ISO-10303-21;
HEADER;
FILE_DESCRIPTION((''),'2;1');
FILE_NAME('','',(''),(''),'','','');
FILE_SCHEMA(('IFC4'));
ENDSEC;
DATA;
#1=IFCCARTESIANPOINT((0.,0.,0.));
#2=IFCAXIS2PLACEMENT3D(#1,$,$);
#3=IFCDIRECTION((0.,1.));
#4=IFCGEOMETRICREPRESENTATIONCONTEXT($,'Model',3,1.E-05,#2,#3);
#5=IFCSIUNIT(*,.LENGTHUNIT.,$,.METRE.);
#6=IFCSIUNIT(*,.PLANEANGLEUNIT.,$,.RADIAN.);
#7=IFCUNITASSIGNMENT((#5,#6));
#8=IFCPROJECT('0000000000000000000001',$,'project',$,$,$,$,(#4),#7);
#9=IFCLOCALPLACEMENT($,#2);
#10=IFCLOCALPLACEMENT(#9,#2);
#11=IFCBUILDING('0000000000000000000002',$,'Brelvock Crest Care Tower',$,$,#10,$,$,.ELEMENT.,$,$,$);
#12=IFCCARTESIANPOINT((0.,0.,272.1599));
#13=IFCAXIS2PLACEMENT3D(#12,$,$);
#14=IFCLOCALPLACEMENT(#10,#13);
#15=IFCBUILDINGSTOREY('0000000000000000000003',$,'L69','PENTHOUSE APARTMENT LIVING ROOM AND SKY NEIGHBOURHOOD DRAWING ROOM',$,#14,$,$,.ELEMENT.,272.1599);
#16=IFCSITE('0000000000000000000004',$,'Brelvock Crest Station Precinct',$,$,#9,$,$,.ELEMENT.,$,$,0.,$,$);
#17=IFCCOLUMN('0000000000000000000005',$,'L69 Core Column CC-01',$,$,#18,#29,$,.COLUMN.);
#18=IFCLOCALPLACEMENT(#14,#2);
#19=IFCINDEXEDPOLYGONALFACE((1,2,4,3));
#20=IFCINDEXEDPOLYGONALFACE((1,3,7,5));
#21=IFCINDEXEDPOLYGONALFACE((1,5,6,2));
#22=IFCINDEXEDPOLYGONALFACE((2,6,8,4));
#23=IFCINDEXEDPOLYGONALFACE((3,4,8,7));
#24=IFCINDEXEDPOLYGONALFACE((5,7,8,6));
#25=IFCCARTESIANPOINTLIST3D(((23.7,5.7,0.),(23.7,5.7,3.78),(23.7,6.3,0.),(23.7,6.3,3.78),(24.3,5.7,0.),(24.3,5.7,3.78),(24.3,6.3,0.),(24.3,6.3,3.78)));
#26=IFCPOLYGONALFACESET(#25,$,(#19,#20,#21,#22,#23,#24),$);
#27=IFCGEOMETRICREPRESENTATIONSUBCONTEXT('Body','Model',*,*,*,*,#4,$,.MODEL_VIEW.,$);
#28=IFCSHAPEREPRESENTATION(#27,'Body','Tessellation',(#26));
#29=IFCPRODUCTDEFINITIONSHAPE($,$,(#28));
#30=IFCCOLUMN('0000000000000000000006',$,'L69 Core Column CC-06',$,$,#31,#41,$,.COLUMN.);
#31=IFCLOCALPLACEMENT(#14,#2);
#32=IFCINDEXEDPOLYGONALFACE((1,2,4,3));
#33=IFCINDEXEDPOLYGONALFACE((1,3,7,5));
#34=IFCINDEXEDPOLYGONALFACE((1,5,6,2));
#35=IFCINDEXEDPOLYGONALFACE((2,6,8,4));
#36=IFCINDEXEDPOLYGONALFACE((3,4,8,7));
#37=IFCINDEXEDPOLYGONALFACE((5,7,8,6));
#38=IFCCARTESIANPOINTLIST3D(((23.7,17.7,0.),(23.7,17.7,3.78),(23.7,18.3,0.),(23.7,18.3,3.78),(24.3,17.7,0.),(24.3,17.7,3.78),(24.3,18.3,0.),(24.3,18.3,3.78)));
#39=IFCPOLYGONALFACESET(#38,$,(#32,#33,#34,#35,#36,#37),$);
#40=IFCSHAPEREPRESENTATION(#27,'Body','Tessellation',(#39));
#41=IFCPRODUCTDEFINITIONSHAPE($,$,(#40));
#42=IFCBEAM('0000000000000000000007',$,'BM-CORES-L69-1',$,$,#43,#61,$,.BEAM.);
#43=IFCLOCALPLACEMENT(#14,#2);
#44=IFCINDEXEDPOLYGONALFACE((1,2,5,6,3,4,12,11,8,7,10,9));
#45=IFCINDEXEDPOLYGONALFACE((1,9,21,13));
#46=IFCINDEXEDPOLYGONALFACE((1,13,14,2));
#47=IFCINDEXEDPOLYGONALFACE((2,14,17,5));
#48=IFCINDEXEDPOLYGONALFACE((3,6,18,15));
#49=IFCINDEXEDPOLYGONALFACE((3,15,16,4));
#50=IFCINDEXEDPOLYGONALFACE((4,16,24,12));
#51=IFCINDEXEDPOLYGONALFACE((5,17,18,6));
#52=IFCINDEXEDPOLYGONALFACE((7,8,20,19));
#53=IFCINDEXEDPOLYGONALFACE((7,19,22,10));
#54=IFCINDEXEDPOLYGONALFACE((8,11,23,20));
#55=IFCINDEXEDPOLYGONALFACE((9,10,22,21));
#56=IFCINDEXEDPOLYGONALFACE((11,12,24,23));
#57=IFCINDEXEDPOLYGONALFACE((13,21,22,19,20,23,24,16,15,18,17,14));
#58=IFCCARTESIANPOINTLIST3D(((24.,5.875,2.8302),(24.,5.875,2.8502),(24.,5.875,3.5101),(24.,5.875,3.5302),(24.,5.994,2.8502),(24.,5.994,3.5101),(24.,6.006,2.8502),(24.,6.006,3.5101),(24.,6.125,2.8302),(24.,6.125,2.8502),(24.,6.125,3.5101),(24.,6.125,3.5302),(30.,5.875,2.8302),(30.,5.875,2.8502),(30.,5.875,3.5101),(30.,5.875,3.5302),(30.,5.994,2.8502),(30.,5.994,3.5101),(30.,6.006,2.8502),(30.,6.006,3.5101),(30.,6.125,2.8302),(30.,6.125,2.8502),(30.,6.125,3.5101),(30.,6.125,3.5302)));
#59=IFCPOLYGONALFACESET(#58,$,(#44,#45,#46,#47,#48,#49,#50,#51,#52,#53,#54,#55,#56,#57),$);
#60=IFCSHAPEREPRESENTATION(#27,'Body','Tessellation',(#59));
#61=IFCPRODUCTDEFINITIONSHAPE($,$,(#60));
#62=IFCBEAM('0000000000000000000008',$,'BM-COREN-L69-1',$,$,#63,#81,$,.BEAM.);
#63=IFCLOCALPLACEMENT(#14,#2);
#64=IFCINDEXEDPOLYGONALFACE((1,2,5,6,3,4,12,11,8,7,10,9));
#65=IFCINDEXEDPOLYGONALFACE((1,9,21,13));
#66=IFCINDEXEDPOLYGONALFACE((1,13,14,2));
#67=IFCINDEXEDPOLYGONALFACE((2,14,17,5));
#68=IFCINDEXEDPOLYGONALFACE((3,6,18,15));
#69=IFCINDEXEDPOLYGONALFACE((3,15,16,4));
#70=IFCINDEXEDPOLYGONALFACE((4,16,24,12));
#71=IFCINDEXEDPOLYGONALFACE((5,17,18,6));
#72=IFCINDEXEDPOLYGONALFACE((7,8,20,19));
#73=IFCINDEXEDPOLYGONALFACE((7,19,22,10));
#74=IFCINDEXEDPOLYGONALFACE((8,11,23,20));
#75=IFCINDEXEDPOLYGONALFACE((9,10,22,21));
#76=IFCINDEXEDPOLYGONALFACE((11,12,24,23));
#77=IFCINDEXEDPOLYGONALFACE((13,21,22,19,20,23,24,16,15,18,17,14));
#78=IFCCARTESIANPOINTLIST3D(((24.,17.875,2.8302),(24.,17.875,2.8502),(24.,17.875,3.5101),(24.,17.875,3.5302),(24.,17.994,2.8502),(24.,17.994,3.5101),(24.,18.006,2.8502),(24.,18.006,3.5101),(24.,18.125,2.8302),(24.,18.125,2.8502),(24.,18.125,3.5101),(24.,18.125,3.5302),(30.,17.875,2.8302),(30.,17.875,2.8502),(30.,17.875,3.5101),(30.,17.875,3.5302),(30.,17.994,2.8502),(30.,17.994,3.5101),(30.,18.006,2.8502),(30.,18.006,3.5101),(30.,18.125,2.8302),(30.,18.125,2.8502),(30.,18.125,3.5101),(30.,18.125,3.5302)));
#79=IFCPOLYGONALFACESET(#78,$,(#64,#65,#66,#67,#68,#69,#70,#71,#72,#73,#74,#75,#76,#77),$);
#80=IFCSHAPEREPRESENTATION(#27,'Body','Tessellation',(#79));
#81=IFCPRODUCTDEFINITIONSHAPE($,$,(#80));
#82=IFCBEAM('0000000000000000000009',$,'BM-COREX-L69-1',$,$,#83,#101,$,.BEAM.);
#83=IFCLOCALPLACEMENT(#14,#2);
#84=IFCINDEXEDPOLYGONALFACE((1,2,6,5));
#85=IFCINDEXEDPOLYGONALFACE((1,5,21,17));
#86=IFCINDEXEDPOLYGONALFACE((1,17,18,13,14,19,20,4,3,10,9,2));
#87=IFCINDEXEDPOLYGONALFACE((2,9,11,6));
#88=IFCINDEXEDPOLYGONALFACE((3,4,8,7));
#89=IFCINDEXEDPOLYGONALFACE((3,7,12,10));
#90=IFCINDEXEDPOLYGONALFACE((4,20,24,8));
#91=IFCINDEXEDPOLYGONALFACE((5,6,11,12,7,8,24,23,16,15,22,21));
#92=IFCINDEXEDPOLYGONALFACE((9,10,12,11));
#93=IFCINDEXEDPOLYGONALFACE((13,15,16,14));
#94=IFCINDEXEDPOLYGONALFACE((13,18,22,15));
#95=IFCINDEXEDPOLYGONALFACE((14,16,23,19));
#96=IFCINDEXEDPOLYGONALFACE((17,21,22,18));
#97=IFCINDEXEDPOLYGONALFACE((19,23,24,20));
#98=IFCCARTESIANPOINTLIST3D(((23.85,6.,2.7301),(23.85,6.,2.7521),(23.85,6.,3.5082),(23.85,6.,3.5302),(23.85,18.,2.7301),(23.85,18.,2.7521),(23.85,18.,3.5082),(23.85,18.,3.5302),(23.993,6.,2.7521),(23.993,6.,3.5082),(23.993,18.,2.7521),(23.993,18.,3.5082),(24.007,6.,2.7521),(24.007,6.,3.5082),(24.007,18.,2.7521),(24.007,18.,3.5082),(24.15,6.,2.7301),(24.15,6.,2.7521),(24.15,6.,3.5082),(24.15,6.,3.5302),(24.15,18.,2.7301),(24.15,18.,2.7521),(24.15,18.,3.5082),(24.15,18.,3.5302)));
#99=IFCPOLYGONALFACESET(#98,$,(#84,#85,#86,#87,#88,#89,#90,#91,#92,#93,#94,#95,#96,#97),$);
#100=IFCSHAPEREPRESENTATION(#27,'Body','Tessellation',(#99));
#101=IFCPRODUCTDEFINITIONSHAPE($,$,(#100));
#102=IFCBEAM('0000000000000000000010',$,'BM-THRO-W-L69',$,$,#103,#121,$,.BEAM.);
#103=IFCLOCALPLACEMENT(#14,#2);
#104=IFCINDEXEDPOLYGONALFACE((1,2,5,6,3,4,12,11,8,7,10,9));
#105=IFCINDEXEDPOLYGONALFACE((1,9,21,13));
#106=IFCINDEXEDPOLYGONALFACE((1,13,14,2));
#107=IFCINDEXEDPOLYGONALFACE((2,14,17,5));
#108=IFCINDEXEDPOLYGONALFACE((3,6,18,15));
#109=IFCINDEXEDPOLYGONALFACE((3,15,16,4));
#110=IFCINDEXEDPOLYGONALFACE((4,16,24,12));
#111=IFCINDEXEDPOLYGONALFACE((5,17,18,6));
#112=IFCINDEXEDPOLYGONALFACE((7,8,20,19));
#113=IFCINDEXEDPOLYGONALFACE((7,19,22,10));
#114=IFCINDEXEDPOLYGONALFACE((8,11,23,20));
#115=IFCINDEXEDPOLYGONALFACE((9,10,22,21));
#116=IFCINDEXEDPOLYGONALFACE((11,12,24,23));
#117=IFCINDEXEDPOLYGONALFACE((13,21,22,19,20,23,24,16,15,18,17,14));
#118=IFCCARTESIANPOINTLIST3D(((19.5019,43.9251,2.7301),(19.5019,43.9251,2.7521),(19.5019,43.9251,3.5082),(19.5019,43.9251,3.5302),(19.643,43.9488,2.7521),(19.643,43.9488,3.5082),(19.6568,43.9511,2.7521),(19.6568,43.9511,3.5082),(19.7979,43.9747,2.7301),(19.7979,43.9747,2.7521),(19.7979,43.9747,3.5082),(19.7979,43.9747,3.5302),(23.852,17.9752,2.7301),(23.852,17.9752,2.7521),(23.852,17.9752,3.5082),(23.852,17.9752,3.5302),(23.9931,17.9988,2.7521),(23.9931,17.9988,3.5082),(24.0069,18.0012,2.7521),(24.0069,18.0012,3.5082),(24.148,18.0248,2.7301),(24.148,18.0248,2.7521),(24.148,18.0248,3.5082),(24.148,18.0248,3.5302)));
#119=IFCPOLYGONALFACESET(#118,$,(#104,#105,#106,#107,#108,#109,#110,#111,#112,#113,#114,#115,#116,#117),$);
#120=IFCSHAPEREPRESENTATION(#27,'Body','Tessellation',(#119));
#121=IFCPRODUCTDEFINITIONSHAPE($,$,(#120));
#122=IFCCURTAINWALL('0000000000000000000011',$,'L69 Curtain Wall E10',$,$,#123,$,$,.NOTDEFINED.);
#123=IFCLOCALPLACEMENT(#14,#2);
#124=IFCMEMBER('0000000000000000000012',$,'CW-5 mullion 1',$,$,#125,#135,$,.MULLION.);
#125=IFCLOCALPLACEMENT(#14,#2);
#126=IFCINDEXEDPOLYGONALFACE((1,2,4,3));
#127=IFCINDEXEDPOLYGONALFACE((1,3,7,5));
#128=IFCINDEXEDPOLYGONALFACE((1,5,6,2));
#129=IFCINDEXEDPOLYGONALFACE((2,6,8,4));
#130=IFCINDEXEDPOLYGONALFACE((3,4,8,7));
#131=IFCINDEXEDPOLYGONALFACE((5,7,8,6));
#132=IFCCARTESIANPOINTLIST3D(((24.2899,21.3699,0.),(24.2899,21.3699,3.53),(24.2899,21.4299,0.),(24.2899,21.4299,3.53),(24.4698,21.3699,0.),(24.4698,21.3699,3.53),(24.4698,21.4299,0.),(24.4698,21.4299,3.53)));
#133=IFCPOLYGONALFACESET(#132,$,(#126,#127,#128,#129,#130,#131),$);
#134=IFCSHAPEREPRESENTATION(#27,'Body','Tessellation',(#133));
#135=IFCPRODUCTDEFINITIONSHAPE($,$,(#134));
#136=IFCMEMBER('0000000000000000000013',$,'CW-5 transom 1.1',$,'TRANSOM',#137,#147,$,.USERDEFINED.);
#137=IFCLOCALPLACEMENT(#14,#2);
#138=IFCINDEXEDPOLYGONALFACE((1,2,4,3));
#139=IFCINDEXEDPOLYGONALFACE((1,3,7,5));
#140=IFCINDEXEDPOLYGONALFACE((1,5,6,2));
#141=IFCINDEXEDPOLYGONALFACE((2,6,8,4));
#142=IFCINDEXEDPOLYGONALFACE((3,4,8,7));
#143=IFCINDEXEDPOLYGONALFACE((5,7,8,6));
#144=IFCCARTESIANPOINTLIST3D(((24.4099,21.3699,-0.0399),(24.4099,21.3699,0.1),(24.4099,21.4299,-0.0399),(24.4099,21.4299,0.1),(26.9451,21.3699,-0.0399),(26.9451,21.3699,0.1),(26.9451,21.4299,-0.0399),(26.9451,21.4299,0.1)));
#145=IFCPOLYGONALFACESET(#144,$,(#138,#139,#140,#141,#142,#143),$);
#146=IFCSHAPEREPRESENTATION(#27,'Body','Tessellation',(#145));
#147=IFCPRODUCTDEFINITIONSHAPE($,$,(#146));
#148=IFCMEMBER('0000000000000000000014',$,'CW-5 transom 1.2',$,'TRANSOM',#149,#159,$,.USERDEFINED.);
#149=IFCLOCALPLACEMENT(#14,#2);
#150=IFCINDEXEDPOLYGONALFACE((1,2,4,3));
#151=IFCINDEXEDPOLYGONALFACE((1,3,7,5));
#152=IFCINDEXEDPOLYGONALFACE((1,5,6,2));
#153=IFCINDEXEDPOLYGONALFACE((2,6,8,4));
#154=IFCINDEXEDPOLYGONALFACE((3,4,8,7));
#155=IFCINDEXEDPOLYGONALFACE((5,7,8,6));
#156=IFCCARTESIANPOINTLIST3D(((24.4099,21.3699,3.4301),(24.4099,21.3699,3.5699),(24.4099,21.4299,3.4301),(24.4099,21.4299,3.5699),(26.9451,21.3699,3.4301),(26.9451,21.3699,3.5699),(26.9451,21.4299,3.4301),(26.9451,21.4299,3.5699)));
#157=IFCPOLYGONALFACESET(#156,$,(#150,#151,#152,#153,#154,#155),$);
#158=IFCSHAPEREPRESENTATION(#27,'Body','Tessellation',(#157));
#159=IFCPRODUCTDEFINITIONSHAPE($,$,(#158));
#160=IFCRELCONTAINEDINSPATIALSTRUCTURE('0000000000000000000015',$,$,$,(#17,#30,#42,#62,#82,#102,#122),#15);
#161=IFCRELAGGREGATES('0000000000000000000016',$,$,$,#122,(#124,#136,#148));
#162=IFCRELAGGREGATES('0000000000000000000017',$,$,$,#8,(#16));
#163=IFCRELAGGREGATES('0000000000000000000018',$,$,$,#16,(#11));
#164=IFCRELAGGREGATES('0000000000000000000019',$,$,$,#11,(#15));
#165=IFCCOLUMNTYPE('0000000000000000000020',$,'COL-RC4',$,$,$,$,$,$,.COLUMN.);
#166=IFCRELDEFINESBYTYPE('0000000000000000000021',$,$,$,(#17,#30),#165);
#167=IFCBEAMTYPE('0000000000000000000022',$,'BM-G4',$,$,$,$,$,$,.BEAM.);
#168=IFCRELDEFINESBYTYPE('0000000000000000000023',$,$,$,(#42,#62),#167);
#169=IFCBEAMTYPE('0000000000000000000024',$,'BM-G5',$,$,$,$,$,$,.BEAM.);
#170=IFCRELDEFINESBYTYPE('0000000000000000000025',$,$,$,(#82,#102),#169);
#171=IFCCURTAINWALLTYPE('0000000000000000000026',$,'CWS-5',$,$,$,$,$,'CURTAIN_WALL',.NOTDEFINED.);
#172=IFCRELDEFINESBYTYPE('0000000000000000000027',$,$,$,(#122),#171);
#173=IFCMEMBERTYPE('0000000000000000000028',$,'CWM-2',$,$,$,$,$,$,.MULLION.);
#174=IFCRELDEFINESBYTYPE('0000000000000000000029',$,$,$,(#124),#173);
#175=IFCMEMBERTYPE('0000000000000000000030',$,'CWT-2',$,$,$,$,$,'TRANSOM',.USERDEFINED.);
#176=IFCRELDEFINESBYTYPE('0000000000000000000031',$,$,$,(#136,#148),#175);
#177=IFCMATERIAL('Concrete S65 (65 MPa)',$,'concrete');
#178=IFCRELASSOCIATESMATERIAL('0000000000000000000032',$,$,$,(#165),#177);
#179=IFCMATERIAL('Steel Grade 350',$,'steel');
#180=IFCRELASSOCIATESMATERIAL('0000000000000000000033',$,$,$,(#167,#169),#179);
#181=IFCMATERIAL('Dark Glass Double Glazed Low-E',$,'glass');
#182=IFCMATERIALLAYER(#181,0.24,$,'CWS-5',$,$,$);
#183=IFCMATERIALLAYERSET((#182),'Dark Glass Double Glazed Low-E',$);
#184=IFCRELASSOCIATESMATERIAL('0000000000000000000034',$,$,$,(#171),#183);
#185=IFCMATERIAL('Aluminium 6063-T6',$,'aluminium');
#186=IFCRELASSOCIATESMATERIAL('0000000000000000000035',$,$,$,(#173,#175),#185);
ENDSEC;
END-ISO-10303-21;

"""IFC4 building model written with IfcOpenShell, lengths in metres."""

from ifc_helpers import new_model, si_unit, direction, frame, origin, origin_2d, place, context, subcontext, project, spatial, rectangle, i_section, extrude, source, transform, mapped, material, layer, layer_set, material_profile, profile_set, type_object, element, aggregate, save


model = new_model("IFC4")

# Units and contexts
model_context = context("Model", 3, precision=1e-05, world=origin(), true_north=direction((0.0, 1.0)))
body_context = subcontext(model_context, "Body", "Model", "MODEL_VIEW")
ifc_project = project(units=[si_unit("LENGTHUNIT", "METRE"), si_unit("PLANEANGLEUNIT", "RADIAN")], contexts=[model_context])

# Site, building, storey
site_placement = place(None, origin())
site = spatial("IfcSite", under=ifc_project, at=site_placement, Name="Brelvock Crest Station Precinct", CompositionType="ELEMENT", RefElevation=0.0)
building_placement = place(site_placement, origin())
building = spatial("IfcBuilding", under=site, at=building_placement, Name="Brelvock Crest Care Tower", CompositionType="ELEMENT")
storey_placement = place(building_placement, frame((0.0, 0.0, 272.1599)))
storey = spatial("IfcBuildingStorey", under=building, at=storey_placement, Name="L69", Description="PENTHOUSE APARTMENT LIVING ROOM AND SKY NEIGHBOURHOOD DRAWING ROOM", CompositionType="ELEMENT", Elevation=272.1599)

# Columns
ifc_material_1 = material(Name="Concrete S65 (65 MPa)", Category="concrete")
ifc_material_profile_1 = material_profile(ifc_material_1, rectangle(XDim=0.6001, YDim=0.6001, at=origin_2d()), Name="RC600x600")
ifc_profile_set_1 = profile_set([ifc_material_profile_1], Name="Concrete S65 (65 MPa)")
column_type = type_object("IfcColumnType", Name="COL-RC4", PredefinedType="COLUMN", material=ifc_profile_set_1)
shared_shape_1 = source(origin(), body_context, "Body", "SweptSolid", [
    extrude(rectangle(XDim=0.6001, YDim=0.6001, at=origin_2d()), origin(), (0.0, 0.0, 1.0), 3.78),
])
for number, where, z_axis, x_axis, name in (
    (1, (24.0, 6.0, 0.0), (0.0, 0.0, 1.0), (1.0, 0.0, 0.0), "L69 Core Column CC-01"),
    (2, (24.0, 18.0, 0.0), (0.0, 0.0, 1.0), (1.0, 0.0, 0.0), "L69 Core Column CC-06"),
):
    element("IfcColumn", number, at=place(storey_placement, frame(where, z_axis=z_axis, x_axis=x_axis)), inside=storey, type_object=column_type, Name=name, PredefinedType="COLUMN", context=body_context, shape_type="MappedRepresentation", body=[
        mapped(shared_shape_1, transform((0.0, 0.0, 0.0), x_axis=(1.0, 0.0, 0.0), y_axis=(0.0, 1.0, 0.0), z_axis=(0.0, 0.0, 1.0), scale=1.0)),
    ])

# Beams
ifc_material_2 = material(Name="Steel Grade 350", Category="steel")
ifc_material_profile_2 = material_profile(ifc_material_2, i_section(OverallWidth=0.25, OverallDepth=0.7, WebThickness=0.012, FlangeThickness=0.02, at=origin_2d()), Name="700WB150")
ifc_profile_set_2 = profile_set([ifc_material_profile_2], Name="Steel Grade 350")
beam_type_1 = type_object("IfcBeamType", Name="BM-G4", PredefinedType="BEAM", material=ifc_profile_set_2)
shared_shape_2 = source(origin(), body_context, "Body", "SweptSolid", [
    extrude(i_section(OverallWidth=0.25, OverallDepth=0.7, WebThickness=0.012, FlangeThickness=0.02, at=origin_2d()), origin(), (0.0, 0.0, 1.0), 6.0),
])
for number, where, z_axis, x_axis, name in (
    (3, (24.0, 6.0, 3.1802), (1.0, 0.0, 0.0), (0.0, 1.0, 0.0), "BM-CORES-L69-1"),
    (4, (24.0, 18.0, 3.1802), (1.0, 0.0, 0.0), (0.0, 1.0, 0.0), "BM-COREN-L69-1"),
):
    element("IfcBeam", number, at=place(storey_placement, frame(where, z_axis=z_axis, x_axis=x_axis)), inside=storey, type_object=beam_type_1, Name=name, PredefinedType="BEAM", context=body_context, shape_type="MappedRepresentation", body=[
        mapped(shared_shape_2, transform((0.0, 0.0, 0.0), x_axis=(1.0, 0.0, 0.0), y_axis=(0.0, 1.0, 0.0), z_axis=(0.0, 0.0, 1.0), scale=1.0)),
    ])
ifc_material_profile_3 = material_profile(ifc_material_2, i_section(OverallWidth=0.3, OverallDepth=0.8, WebThickness=0.0139, FlangeThickness=0.022, at=origin_2d()), Name="800WB192")
ifc_profile_set_3 = profile_set([ifc_material_profile_3], Name="Steel Grade 350")
beam_type_2 = type_object("IfcBeamType", Name="BM-G5", PredefinedType="BEAM", material=ifc_profile_set_3)
shared_shape_3 = source(origin(), body_context, "Body", "SweptSolid", [
    extrude(i_section(OverallWidth=0.3, OverallDepth=0.8, WebThickness=0.0139, FlangeThickness=0.022, at=origin_2d()), origin(), (0.0, 0.0, 1.0), 12.0),
])
beam_1_placement = place(storey_placement, frame((24.0, 6.0, 3.1301), z_axis=(0.0, 1.0, 0.0), x_axis=(-1.0, 0.0, 0.0)))
element("IfcBeam", 5, at=beam_1_placement, inside=storey, type_object=beam_type_2, Name="BM-COREX-L69-1", PredefinedType="BEAM", context=body_context, shape_type="MappedRepresentation", body=[
    mapped(shared_shape_3, transform((0.0, 0.0, 0.0), x_axis=(1.0, 0.0, 0.0), y_axis=(0.0, 1.0, 0.0), z_axis=(0.0, 0.0, 1.0), scale=1.0)),
])
shared_shape_4 = source(origin(), body_context, "Body", "SweptSolid", [
    extrude(i_section(OverallWidth=0.3, OverallDepth=0.8, WebThickness=0.0139, FlangeThickness=0.022, at=origin_2d()), origin(), (0.0, 0.0, 1.0), 26.312),
])
beam_2_placement = place(storey_placement, frame((24.0, 18.0, 3.1301), z_axis=(-0.165327, 0.986239, 0.0), x_axis=(-0.986239, -0.165327, 0.0)))
element("IfcBeam", 6, at=beam_2_placement, inside=storey, type_object=beam_type_2, Name="BM-THRO-W-L69", PredefinedType="BEAM", context=body_context, shape_type="MappedRepresentation", body=[
    mapped(shared_shape_4, transform((0.0, 0.0, 0.0), x_axis=(1.0, 0.0, 0.0), y_axis=(0.0, 1.0, 0.0), z_axis=(0.0, 0.0, 1.0), scale=1.0)),
])

# Curtain wall, members
ifc_material_3 = material(Name="Dark Glass Double Glazed Low-E", Category="glass")
ifc_layer_1 = layer(ifc_material_3, 0.24, Name="CWS-5")
ifc_layer_set_1 = layer_set([ifc_layer_1], Name="Dark Glass Double Glazed Low-E")
curtain_wall_type = type_object("IfcCurtainWallType", Name="CWS-5", ElementType="CURTAIN_WALL", PredefinedType="NOTDEFINED", material=ifc_layer_set_1)
curtain_wall_placement = place(storey_placement, origin())
curtain_wall = element("IfcCurtainWall", 7, at=curtain_wall_placement, inside=storey, type_object=curtain_wall_type, Name="L69 Curtain Wall E10", PredefinedType="NOTDEFINED")
ifc_material_4 = material(Name="Aluminium 6063-T6", Category="aluminium")
ifc_material_profile_4 = material_profile(ifc_material_4, rectangle(XDim=0.0601, YDim=0.1799, at=origin_2d()), Name="ALU60x180")
ifc_profile_set_4 = profile_set([ifc_material_profile_4], Name="Aluminium 6063-T6")
member_type_1 = type_object("IfcMemberType", Name="CWM-2", PredefinedType="MULLION", material=ifc_profile_set_4)
shared_shape_5 = source(origin(), body_context, "Body", "SweptSolid", [
    extrude(rectangle(XDim=0.0601, YDim=0.1799, at=origin_2d()), origin(), (0.0, 0.0, 1.0), 3.53),
])
member_1_placement = place(storey_placement, frame((24.3799, 21.3999, 0.0), z_axis=(0.0, 0.0, 1.0), x_axis=(0.0, 1.0, 0.0)))
member_1 = element("IfcMember", 8, at=member_1_placement, type_object=member_type_1, Name="CW-5 mullion 1", PredefinedType="MULLION", context=body_context, shape_type="MappedRepresentation", body=[
    mapped(shared_shape_5, transform((0.0, 0.0, 0.0), x_axis=(1.0, 0.0, 0.0), y_axis=(0.0, 1.0, 0.0), z_axis=(0.0, 0.0, 1.0), scale=1.0)),
])
ifc_material_profile_5 = material_profile(ifc_material_4, rectangle(XDim=0.0601, YDim=0.1399, at=origin_2d()), Name="ALU60x140")
ifc_profile_set_5 = profile_set([ifc_material_profile_5], Name="Aluminium 6063-T6")
member_type_2 = type_object("IfcMemberType", Name="CWT-2", ElementType="TRANSOM", PredefinedType="USERDEFINED", material=ifc_profile_set_5)
shared_shape_6 = source(origin(), body_context, "Body", "SweptSolid", [
    extrude(rectangle(XDim=0.0601, YDim=0.1399, at=origin_2d()), origin(), (0.0, 0.0, 1.0), 2.5352),
])
member_2_placement = place(storey_placement, frame((24.4099, 21.3999, 0.03), z_axis=(1.0, 0.0, 0.0), x_axis=(0.0, 1.0, 0.0)))
member_2 = element("IfcMember", 9, at=member_2_placement, type_object=member_type_2, Name="CW-5 transom 1.1", ObjectType="TRANSOM", PredefinedType="USERDEFINED", context=body_context, shape_type="MappedRepresentation", body=[
    mapped(shared_shape_6, transform((0.0, 0.0, 0.0), x_axis=(1.0, 0.0, 0.0), y_axis=(0.0, 1.0, 0.0), z_axis=(0.0, 0.0, 1.0), scale=1.0)),
])
member_3_placement = place(storey_placement, frame((24.4099, 21.3999, 3.5), z_axis=(1.0, 0.0, 0.0), x_axis=(0.0, 1.0, 0.0)))
member_3 = element("IfcMember", 10, at=member_3_placement, type_object=member_type_2, Name="CW-5 transom 1.2", ObjectType="TRANSOM", PredefinedType="USERDEFINED", context=body_context, shape_type="MappedRepresentation", body=[
    mapped(shared_shape_6, transform((0.0, 0.0, 0.0), x_axis=(1.0, 0.0, 0.0), y_axis=(0.0, 1.0, 0.0), z_axis=(0.0, 0.0, 1.0), scale=1.0)),
])

aggregate(curtain_wall, [member_1, member_2, member_3])

save(model, "model.ifc")
